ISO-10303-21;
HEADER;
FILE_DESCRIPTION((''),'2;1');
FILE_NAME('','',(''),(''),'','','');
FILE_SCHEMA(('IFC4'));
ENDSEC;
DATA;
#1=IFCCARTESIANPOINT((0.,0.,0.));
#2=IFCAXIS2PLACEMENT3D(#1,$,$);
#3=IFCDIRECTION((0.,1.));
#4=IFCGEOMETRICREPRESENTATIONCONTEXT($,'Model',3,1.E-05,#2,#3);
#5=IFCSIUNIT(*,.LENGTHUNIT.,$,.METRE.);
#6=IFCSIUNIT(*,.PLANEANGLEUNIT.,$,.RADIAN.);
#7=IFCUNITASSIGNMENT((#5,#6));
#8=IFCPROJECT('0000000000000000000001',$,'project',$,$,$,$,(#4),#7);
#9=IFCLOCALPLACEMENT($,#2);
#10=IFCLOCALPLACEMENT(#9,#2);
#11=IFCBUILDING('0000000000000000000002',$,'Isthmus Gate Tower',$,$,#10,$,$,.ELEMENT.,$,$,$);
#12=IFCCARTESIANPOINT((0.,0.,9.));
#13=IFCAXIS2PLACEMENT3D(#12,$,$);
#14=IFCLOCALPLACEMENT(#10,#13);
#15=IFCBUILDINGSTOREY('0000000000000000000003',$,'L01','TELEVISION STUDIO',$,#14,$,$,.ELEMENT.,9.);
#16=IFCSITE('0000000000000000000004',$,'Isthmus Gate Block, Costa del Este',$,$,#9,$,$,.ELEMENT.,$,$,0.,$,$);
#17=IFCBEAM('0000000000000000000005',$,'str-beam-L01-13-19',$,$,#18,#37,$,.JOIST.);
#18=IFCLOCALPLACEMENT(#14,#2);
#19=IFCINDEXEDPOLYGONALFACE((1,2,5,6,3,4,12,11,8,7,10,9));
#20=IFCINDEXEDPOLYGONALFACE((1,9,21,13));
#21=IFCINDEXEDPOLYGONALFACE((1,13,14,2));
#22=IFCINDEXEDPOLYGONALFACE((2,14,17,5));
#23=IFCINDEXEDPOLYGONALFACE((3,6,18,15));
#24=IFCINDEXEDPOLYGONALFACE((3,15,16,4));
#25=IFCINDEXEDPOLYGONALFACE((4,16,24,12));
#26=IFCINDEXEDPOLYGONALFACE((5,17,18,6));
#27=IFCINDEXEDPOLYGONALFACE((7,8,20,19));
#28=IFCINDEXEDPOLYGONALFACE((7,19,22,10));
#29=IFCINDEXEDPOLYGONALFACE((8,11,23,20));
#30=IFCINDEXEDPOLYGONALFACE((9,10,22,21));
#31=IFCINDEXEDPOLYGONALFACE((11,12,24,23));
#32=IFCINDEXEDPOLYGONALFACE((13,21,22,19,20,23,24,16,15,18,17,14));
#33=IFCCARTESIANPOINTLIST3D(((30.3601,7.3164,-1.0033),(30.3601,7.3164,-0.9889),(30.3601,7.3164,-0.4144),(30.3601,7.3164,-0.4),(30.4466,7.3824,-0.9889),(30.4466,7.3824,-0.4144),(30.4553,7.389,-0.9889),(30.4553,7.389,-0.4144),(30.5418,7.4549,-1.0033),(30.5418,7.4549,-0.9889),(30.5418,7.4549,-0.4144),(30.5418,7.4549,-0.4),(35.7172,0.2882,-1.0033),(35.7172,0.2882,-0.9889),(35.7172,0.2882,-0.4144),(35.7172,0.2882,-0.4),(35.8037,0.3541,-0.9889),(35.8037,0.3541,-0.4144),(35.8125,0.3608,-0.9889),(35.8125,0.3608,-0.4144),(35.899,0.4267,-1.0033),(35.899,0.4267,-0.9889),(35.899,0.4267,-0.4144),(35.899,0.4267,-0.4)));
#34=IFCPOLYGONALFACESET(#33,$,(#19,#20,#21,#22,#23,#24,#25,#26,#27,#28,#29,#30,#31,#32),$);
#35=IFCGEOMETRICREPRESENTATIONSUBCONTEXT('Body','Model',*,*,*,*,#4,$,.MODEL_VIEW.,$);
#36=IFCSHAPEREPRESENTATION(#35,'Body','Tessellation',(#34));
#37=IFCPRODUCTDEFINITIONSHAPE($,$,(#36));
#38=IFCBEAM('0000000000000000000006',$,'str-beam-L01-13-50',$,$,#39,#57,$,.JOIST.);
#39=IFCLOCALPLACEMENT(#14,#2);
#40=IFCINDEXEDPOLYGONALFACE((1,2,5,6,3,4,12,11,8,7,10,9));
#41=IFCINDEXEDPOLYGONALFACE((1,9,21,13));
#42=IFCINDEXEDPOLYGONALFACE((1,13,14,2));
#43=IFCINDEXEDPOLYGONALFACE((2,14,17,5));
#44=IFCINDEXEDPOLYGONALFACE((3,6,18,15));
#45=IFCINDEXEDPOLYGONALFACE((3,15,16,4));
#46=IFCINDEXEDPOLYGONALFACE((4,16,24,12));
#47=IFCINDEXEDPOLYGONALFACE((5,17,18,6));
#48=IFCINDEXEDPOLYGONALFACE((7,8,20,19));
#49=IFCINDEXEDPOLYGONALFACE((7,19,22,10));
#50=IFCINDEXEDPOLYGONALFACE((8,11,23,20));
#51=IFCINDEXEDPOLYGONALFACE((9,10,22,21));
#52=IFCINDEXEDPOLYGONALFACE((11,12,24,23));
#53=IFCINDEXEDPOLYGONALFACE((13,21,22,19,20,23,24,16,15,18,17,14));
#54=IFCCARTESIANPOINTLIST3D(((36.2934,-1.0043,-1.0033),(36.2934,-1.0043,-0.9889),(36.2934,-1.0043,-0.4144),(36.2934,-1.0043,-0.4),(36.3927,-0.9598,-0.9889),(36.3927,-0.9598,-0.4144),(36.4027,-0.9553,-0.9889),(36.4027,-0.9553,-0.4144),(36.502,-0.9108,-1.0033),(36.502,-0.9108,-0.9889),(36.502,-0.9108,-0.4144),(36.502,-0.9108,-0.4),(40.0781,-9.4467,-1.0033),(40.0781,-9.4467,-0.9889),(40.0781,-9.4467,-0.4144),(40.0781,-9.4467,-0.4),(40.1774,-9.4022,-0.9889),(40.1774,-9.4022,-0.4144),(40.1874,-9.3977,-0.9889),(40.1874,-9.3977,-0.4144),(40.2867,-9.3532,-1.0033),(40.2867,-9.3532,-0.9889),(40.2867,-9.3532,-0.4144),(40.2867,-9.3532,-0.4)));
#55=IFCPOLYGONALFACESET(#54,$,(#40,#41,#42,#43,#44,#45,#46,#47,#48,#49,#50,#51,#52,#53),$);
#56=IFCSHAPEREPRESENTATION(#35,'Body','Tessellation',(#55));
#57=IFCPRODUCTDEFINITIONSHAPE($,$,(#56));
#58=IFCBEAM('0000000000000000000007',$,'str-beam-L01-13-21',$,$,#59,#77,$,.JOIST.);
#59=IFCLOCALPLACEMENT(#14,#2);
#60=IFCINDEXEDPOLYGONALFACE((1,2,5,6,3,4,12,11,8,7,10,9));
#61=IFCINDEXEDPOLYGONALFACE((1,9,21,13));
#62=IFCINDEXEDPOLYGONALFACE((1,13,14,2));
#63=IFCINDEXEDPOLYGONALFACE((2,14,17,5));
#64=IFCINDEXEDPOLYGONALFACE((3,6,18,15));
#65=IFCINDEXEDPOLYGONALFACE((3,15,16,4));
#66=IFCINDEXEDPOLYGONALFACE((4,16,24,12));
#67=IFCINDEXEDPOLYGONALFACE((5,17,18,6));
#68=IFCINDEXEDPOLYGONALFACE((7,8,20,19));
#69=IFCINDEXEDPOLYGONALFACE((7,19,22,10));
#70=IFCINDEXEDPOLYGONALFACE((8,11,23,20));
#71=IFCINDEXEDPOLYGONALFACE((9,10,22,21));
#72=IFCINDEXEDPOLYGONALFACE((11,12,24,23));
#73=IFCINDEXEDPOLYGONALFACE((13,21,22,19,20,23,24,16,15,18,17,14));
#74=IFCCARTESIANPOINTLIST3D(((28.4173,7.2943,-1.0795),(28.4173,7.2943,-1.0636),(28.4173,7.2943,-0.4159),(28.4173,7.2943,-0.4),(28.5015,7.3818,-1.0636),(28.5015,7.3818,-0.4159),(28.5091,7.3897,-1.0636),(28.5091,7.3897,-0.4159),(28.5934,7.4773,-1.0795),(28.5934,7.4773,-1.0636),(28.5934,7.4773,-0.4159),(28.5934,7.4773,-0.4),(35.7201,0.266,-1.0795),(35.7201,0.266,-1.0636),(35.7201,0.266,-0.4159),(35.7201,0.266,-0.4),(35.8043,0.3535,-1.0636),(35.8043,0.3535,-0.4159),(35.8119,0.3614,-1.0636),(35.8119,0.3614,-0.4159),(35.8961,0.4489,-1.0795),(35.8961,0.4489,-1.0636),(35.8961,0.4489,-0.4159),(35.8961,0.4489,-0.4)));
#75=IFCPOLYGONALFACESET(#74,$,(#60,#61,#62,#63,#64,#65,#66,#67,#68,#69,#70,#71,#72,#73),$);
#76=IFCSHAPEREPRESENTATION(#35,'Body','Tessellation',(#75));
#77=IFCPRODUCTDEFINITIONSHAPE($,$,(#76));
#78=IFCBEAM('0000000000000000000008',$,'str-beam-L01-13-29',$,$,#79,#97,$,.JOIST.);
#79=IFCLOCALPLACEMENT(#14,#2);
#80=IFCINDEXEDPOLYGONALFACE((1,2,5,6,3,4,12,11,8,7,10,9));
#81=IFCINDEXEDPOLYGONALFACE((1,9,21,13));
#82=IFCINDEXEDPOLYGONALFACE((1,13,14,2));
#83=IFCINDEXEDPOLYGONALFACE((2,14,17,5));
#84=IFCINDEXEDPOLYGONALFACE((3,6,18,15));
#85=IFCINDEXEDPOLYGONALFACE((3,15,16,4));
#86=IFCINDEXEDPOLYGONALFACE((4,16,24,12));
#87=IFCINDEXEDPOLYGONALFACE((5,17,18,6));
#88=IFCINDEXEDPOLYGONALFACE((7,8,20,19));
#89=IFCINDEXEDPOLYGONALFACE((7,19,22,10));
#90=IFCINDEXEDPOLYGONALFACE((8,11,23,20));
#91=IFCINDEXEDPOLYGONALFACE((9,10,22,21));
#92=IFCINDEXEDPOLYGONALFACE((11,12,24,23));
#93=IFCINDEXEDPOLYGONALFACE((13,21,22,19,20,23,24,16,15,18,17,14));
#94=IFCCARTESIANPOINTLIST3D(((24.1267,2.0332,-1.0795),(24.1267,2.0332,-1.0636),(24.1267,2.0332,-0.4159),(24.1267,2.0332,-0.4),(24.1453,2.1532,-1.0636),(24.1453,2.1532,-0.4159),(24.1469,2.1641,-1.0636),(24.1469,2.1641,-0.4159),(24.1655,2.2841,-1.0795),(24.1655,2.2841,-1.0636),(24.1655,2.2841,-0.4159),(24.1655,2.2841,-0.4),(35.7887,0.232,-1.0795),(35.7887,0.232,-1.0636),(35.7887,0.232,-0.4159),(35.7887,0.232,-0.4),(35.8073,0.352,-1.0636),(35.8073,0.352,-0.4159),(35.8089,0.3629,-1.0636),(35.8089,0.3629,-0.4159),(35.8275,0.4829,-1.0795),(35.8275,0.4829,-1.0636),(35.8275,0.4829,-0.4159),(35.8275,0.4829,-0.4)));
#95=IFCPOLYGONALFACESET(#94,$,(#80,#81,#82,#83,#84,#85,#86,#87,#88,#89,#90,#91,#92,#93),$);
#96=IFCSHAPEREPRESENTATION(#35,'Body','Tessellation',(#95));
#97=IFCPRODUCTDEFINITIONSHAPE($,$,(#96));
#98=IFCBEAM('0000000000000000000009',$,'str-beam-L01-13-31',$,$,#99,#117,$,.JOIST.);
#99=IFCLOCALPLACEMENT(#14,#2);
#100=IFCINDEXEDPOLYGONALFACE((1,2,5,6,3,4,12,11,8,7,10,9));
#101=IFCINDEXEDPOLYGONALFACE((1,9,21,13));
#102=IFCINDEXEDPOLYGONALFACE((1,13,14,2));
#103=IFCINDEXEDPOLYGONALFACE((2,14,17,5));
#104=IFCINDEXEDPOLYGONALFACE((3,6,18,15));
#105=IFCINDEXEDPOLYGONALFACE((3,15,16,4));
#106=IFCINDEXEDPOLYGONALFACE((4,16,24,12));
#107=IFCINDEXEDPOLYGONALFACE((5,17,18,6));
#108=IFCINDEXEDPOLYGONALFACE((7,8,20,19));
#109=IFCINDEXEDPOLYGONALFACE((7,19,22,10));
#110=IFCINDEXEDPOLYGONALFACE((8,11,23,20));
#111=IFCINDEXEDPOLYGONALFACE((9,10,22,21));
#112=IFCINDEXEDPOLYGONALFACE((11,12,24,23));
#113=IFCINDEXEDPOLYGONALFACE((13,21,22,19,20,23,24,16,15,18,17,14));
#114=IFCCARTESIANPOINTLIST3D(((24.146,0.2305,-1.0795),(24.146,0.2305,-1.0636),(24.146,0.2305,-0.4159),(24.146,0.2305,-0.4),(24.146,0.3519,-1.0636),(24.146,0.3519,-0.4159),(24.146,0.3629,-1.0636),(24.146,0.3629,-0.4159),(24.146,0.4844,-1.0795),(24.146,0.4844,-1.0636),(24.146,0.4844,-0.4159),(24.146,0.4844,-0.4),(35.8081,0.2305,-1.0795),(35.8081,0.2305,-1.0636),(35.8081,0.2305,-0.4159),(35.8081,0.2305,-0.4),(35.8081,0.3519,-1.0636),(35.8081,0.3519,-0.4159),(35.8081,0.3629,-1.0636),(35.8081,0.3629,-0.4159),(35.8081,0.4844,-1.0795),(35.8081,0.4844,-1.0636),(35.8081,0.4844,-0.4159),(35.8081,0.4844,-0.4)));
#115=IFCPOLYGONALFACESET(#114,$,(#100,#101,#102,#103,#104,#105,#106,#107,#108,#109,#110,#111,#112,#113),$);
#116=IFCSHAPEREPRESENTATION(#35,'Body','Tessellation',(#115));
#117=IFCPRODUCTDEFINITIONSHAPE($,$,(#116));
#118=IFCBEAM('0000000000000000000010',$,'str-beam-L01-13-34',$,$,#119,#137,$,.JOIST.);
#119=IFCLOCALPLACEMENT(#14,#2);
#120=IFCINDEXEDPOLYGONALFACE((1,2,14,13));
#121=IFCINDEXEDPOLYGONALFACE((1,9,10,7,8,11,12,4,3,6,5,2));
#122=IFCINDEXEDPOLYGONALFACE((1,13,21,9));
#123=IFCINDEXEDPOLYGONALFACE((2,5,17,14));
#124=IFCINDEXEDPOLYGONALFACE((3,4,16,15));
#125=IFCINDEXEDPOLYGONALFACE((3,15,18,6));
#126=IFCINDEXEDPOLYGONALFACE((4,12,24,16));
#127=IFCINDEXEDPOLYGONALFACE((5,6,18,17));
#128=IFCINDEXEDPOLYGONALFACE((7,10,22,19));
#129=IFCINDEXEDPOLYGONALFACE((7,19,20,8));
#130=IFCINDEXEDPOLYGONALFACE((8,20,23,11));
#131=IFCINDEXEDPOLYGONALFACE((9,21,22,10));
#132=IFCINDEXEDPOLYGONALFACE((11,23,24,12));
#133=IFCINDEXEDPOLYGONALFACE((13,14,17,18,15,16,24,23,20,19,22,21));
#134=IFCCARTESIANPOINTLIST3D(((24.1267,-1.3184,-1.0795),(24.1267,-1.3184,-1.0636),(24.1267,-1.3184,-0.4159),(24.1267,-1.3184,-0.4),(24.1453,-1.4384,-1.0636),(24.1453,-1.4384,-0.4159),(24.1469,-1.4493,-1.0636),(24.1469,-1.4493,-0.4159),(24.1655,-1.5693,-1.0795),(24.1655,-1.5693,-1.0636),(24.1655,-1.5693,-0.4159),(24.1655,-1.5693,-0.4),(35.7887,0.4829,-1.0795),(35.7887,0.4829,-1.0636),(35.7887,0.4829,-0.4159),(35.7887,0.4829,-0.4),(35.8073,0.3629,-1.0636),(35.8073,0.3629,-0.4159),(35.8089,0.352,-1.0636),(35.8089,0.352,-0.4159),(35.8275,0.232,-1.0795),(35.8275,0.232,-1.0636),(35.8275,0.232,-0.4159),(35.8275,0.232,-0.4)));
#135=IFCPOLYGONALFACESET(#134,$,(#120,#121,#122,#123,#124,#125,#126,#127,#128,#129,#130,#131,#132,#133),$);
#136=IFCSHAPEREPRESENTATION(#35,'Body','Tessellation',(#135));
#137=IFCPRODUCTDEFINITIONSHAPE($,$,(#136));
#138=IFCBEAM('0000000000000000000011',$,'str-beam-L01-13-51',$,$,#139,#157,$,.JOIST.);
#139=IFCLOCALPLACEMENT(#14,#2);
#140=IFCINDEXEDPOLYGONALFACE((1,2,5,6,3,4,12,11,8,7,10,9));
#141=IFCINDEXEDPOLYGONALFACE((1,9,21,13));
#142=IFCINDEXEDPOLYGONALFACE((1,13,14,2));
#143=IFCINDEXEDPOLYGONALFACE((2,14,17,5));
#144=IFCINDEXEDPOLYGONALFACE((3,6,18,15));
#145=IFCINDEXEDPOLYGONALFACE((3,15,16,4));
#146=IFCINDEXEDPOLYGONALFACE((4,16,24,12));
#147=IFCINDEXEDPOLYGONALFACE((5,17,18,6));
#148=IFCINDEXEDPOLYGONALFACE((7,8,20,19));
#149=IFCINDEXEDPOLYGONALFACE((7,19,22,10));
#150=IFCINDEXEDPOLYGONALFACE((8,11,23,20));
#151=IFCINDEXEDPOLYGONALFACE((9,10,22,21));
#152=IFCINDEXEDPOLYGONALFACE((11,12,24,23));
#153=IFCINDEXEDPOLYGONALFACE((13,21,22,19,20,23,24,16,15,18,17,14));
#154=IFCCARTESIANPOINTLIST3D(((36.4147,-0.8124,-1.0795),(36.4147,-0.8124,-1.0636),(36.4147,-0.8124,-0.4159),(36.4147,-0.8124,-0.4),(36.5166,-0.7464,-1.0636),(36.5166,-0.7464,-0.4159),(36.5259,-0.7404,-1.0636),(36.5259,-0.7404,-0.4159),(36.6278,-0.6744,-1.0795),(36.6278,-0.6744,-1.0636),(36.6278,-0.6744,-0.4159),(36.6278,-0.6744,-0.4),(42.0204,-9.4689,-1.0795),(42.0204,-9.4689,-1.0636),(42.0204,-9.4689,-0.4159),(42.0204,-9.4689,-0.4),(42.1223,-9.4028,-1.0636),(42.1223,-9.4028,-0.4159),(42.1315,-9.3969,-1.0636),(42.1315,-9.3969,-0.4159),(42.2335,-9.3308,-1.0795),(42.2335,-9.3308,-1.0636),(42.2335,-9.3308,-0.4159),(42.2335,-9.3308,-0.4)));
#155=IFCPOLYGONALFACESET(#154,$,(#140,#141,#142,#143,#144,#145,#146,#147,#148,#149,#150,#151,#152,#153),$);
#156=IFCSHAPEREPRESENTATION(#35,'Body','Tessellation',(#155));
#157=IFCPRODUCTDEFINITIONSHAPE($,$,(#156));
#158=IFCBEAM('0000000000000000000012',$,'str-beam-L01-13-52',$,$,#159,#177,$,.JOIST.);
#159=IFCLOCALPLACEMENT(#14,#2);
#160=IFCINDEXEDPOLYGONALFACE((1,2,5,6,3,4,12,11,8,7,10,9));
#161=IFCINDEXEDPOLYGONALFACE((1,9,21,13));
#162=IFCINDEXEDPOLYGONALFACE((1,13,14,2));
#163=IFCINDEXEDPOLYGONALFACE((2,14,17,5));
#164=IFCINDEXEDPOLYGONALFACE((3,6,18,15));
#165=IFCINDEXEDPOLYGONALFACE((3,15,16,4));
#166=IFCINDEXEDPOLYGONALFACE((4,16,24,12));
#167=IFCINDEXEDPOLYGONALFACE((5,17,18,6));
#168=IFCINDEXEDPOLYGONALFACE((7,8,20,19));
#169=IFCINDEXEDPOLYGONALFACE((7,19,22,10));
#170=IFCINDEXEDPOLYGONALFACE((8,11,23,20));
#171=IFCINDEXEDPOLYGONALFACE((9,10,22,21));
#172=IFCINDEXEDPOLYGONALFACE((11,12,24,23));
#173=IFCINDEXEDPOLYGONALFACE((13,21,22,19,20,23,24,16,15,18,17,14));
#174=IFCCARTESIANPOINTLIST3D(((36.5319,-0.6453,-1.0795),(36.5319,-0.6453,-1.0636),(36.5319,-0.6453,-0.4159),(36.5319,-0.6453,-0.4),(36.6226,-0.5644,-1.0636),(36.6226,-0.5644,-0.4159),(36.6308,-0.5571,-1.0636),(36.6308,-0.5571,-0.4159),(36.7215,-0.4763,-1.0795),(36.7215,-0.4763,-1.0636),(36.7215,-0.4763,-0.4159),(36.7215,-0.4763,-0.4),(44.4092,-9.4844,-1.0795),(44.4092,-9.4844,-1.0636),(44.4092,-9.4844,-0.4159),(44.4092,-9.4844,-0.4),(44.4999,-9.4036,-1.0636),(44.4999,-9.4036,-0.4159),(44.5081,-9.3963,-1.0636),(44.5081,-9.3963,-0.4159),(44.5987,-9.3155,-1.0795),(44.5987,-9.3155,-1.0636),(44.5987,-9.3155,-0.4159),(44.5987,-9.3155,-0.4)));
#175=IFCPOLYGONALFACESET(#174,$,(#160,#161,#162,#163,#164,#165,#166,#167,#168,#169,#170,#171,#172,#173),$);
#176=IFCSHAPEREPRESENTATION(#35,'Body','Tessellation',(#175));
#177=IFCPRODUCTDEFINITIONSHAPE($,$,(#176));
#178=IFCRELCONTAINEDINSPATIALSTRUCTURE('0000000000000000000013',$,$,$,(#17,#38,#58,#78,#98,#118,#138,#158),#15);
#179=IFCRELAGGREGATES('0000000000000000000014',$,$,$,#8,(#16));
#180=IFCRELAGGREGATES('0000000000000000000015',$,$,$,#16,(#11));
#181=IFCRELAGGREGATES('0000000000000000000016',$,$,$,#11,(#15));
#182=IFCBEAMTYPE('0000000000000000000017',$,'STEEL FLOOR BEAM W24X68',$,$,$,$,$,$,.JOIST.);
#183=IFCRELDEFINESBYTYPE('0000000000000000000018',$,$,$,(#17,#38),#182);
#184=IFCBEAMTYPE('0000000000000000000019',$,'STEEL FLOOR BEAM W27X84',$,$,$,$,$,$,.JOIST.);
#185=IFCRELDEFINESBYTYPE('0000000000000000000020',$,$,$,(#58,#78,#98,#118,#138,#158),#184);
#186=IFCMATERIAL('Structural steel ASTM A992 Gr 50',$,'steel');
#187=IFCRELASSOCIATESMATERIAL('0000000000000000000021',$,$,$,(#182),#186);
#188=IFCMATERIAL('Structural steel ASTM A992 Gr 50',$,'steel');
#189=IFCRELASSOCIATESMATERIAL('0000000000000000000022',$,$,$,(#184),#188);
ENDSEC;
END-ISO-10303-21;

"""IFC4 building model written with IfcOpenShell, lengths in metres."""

from ifc_helpers import new_model, si_unit, direction, frame, origin, origin_2d, place, context, subcontext, project, spatial, i_section, extrude, material, material_profile, profile_set, type_object, element, save


model = new_model("IFC4")

# Units and contexts
model_context = context("Model", 3, precision=1e-05, world=origin(), true_north=direction((0.0, 1.0)))
body_context = subcontext(model_context, "Body", "Model", "MODEL_VIEW")
ifc_project = project(units=[si_unit("LENGTHUNIT", "METRE"), si_unit("PLANEANGLEUNIT", "RADIAN")], contexts=[model_context])

# Site, building, storey
site_placement = place(None, origin())
site = spatial("IfcSite", under=ifc_project, at=site_placement, Name="Isthmus Gate Block, Costa del Este", CompositionType="ELEMENT", RefElevation=0.0)
building_placement = place(site_placement, origin())
building = spatial("IfcBuilding", under=site, at=building_placement, Name="Isthmus Gate Tower", CompositionType="ELEMENT")
storey_placement = place(building_placement, frame((0.0, 0.0, 9.0)))
storey = spatial("IfcBuildingStorey", under=building, at=storey_placement, Name="L01", Description="TELEVISION STUDIO", CompositionType="ELEMENT", Elevation=9.0)

# Beams
ifc_material_1 = material(Name="Structural steel ASTM A992 Gr 50", Category="steel")
ifc_material_profile_1 = material_profile(ifc_material_1, i_section(OverallWidth=0.2285, OverallDepth=0.6033, WebThickness=0.011, FlangeThickness=0.0144, at=origin_2d()), Name="W24X68")
ifc_profile_set_1 = profile_set([ifc_material_profile_1], Name="Structural steel ASTM A992 Gr 50")
beam_type_1 = type_object("IfcBeamType", Name="STEEL FLOOR BEAM W24X68", PredefinedType="JOIST", material=ifc_profile_set_1)
beam_1_placement = place(storey_placement, frame((35.8081, 0.3574, -0.7017), z_axis=(-0.606206, 0.795308, 0.0), x_axis=(-0.795308, -0.606206, 0.0)))
element("IfcBeam", 1, at=beam_1_placement, inside=storey, type_object=beam_type_1, Name="str-beam-L01-13-19", PredefinedType="JOIST", context=body_context, shape_type="SweptSolid", body=[
    extrude(i_section(OverallWidth=0.2285, OverallDepth=0.6033, WebThickness=0.011, FlangeThickness=0.0144, at=origin_2d()), origin(), (0.0, 0.0, 1.0), 8.8372),
])
beam_2_placement = place(storey_placement, frame((36.3977, -0.9575, -0.7017), z_axis=(0.40907, -0.912503, 0.0), x_axis=(0.912503, 0.40907, 0.0)))
element("IfcBeam", 2, at=beam_2_placement, inside=storey, type_object=beam_type_1, Name="str-beam-L01-13-50", PredefinedType="JOIST", context=body_context, shape_type="SweptSolid", body=[
    extrude(i_section(OverallWidth=0.2285, OverallDepth=0.6033, WebThickness=0.011, FlangeThickness=0.0144, at=origin_2d()), origin(), (0.0, 0.0, 1.0), 9.252),
])
ifc_material_2 = material(Name="Structural steel ASTM A992 Gr 50", Category="steel")
ifc_material_profile_2 = material_profile(ifc_material_2, i_section(OverallWidth=0.2539, OverallDepth=0.6794, WebThickness=0.011, FlangeThickness=0.0159, at=origin_2d()), Name="W27X84")
ifc_profile_set_2 = profile_set([ifc_material_profile_2], Name="Structural steel ASTM A992 Gr 50")
beam_type_2 = type_object("IfcBeamType", Name="STEEL FLOOR BEAM W27X84", PredefinedType="JOIST", material=ifc_profile_set_2)
beam_3_placement = place(storey_placement, frame((35.8081, 0.3574, -0.7397), z_axis=(-0.720515, 0.69344, 0.0), x_axis=(-0.69344, -0.720515, 0.0)))
element("IfcBeam", 3, at=beam_3_placement, inside=storey, type_object=beam_type_2, Name="str-beam-L01-13-21", PredefinedType="JOIST", context=body_context, shape_type="SweptSolid", body=[
    extrude(i_section(OverallWidth=0.2539, OverallDepth=0.6794, WebThickness=0.011, FlangeThickness=0.0159, at=origin_2d()), origin(), (0.0, 0.0, 1.0), 10.1355),
])
beam_4_placement = place(storey_placement, frame((35.8081, 0.3574, -0.7397), z_axis=(-0.988281, 0.152645, 0.0), x_axis=(-0.152645, -0.988281, 0.0)))
element("IfcBeam", 4, at=beam_4_placement, inside=storey, type_object=beam_type_2, Name="str-beam-L01-13-29", PredefinedType="JOIST", context=body_context, shape_type="SweptSolid", body=[
    extrude(i_section(OverallWidth=0.2539, OverallDepth=0.6794, WebThickness=0.011, FlangeThickness=0.0159, at=origin_2d()), origin(), (0.0, 0.0, 1.0), 11.8003),
])
beam_5_placement = place(storey_placement, frame((35.8081, 0.3574, -0.7397), z_axis=(-1.0, 0.0, 0.0), x_axis=(0.0, -1.0, 0.0)))
element("IfcBeam", 5, at=beam_5_placement, inside=storey, type_object=beam_type_2, Name="str-beam-L01-13-31", PredefinedType="JOIST", context=body_context, shape_type="SweptSolid", body=[
    extrude(i_section(OverallWidth=0.2539, OverallDepth=0.6794, WebThickness=0.011, FlangeThickness=0.0159, at=origin_2d()), origin(), (0.0, 0.0, 1.0), 11.6621),
])
beam_6_placement = place(storey_placement, frame((35.8081, 0.3574, -0.7397), z_axis=(-0.988281, -0.152645, 0.0), x_axis=(0.152645, -0.988281, 0.0)))
element("IfcBeam", 6, at=beam_6_placement, inside=storey, type_object=beam_type_2, Name="str-beam-L01-13-34", PredefinedType="JOIST", context=body_context, shape_type="SweptSolid", body=[
    extrude(i_section(OverallWidth=0.2539, OverallDepth=0.6794, WebThickness=0.011, FlangeThickness=0.0159, at=origin_2d()), origin(), (0.0, 0.0, 1.0), 11.8003),
])
beam_7_placement = place(storey_placement, frame((36.5212, -0.7434, -0.7397), z_axis=(0.543556, -0.839373, 0.0), x_axis=(0.839373, 0.543556, 0.0)))
element("IfcBeam", 7, at=beam_7_placement, inside=storey, type_object=beam_type_2, Name="str-beam-L01-13-51", PredefinedType="JOIST", context=body_context, shape_type="SweptSolid", body=[
    extrude(i_section(OverallWidth=0.2539, OverallDepth=0.6794, WebThickness=0.011, FlangeThickness=0.0159, at=origin_2d()), origin(), (0.0, 0.0, 1.0), 10.313),
])
beam_8_placement = place(storey_placement, frame((36.6267, -0.5608, -0.7397), z_axis=(0.665317, -0.746561, 0.0), x_axis=(0.746561, 0.665317, 0.0)))
element("IfcBeam", 8, at=beam_8_placement, inside=storey, type_object=beam_type_2, Name="str-beam-L01-13-52", PredefinedType="JOIST", context=body_context, shape_type="SweptSolid", body=[
    extrude(i_section(OverallWidth=0.2539, OverallDepth=0.6794, WebThickness=0.011, FlangeThickness=0.0159, at=origin_2d()), origin(), (0.0, 0.0, 1.0), 11.8398),
])

save(model, "model.ifc")
